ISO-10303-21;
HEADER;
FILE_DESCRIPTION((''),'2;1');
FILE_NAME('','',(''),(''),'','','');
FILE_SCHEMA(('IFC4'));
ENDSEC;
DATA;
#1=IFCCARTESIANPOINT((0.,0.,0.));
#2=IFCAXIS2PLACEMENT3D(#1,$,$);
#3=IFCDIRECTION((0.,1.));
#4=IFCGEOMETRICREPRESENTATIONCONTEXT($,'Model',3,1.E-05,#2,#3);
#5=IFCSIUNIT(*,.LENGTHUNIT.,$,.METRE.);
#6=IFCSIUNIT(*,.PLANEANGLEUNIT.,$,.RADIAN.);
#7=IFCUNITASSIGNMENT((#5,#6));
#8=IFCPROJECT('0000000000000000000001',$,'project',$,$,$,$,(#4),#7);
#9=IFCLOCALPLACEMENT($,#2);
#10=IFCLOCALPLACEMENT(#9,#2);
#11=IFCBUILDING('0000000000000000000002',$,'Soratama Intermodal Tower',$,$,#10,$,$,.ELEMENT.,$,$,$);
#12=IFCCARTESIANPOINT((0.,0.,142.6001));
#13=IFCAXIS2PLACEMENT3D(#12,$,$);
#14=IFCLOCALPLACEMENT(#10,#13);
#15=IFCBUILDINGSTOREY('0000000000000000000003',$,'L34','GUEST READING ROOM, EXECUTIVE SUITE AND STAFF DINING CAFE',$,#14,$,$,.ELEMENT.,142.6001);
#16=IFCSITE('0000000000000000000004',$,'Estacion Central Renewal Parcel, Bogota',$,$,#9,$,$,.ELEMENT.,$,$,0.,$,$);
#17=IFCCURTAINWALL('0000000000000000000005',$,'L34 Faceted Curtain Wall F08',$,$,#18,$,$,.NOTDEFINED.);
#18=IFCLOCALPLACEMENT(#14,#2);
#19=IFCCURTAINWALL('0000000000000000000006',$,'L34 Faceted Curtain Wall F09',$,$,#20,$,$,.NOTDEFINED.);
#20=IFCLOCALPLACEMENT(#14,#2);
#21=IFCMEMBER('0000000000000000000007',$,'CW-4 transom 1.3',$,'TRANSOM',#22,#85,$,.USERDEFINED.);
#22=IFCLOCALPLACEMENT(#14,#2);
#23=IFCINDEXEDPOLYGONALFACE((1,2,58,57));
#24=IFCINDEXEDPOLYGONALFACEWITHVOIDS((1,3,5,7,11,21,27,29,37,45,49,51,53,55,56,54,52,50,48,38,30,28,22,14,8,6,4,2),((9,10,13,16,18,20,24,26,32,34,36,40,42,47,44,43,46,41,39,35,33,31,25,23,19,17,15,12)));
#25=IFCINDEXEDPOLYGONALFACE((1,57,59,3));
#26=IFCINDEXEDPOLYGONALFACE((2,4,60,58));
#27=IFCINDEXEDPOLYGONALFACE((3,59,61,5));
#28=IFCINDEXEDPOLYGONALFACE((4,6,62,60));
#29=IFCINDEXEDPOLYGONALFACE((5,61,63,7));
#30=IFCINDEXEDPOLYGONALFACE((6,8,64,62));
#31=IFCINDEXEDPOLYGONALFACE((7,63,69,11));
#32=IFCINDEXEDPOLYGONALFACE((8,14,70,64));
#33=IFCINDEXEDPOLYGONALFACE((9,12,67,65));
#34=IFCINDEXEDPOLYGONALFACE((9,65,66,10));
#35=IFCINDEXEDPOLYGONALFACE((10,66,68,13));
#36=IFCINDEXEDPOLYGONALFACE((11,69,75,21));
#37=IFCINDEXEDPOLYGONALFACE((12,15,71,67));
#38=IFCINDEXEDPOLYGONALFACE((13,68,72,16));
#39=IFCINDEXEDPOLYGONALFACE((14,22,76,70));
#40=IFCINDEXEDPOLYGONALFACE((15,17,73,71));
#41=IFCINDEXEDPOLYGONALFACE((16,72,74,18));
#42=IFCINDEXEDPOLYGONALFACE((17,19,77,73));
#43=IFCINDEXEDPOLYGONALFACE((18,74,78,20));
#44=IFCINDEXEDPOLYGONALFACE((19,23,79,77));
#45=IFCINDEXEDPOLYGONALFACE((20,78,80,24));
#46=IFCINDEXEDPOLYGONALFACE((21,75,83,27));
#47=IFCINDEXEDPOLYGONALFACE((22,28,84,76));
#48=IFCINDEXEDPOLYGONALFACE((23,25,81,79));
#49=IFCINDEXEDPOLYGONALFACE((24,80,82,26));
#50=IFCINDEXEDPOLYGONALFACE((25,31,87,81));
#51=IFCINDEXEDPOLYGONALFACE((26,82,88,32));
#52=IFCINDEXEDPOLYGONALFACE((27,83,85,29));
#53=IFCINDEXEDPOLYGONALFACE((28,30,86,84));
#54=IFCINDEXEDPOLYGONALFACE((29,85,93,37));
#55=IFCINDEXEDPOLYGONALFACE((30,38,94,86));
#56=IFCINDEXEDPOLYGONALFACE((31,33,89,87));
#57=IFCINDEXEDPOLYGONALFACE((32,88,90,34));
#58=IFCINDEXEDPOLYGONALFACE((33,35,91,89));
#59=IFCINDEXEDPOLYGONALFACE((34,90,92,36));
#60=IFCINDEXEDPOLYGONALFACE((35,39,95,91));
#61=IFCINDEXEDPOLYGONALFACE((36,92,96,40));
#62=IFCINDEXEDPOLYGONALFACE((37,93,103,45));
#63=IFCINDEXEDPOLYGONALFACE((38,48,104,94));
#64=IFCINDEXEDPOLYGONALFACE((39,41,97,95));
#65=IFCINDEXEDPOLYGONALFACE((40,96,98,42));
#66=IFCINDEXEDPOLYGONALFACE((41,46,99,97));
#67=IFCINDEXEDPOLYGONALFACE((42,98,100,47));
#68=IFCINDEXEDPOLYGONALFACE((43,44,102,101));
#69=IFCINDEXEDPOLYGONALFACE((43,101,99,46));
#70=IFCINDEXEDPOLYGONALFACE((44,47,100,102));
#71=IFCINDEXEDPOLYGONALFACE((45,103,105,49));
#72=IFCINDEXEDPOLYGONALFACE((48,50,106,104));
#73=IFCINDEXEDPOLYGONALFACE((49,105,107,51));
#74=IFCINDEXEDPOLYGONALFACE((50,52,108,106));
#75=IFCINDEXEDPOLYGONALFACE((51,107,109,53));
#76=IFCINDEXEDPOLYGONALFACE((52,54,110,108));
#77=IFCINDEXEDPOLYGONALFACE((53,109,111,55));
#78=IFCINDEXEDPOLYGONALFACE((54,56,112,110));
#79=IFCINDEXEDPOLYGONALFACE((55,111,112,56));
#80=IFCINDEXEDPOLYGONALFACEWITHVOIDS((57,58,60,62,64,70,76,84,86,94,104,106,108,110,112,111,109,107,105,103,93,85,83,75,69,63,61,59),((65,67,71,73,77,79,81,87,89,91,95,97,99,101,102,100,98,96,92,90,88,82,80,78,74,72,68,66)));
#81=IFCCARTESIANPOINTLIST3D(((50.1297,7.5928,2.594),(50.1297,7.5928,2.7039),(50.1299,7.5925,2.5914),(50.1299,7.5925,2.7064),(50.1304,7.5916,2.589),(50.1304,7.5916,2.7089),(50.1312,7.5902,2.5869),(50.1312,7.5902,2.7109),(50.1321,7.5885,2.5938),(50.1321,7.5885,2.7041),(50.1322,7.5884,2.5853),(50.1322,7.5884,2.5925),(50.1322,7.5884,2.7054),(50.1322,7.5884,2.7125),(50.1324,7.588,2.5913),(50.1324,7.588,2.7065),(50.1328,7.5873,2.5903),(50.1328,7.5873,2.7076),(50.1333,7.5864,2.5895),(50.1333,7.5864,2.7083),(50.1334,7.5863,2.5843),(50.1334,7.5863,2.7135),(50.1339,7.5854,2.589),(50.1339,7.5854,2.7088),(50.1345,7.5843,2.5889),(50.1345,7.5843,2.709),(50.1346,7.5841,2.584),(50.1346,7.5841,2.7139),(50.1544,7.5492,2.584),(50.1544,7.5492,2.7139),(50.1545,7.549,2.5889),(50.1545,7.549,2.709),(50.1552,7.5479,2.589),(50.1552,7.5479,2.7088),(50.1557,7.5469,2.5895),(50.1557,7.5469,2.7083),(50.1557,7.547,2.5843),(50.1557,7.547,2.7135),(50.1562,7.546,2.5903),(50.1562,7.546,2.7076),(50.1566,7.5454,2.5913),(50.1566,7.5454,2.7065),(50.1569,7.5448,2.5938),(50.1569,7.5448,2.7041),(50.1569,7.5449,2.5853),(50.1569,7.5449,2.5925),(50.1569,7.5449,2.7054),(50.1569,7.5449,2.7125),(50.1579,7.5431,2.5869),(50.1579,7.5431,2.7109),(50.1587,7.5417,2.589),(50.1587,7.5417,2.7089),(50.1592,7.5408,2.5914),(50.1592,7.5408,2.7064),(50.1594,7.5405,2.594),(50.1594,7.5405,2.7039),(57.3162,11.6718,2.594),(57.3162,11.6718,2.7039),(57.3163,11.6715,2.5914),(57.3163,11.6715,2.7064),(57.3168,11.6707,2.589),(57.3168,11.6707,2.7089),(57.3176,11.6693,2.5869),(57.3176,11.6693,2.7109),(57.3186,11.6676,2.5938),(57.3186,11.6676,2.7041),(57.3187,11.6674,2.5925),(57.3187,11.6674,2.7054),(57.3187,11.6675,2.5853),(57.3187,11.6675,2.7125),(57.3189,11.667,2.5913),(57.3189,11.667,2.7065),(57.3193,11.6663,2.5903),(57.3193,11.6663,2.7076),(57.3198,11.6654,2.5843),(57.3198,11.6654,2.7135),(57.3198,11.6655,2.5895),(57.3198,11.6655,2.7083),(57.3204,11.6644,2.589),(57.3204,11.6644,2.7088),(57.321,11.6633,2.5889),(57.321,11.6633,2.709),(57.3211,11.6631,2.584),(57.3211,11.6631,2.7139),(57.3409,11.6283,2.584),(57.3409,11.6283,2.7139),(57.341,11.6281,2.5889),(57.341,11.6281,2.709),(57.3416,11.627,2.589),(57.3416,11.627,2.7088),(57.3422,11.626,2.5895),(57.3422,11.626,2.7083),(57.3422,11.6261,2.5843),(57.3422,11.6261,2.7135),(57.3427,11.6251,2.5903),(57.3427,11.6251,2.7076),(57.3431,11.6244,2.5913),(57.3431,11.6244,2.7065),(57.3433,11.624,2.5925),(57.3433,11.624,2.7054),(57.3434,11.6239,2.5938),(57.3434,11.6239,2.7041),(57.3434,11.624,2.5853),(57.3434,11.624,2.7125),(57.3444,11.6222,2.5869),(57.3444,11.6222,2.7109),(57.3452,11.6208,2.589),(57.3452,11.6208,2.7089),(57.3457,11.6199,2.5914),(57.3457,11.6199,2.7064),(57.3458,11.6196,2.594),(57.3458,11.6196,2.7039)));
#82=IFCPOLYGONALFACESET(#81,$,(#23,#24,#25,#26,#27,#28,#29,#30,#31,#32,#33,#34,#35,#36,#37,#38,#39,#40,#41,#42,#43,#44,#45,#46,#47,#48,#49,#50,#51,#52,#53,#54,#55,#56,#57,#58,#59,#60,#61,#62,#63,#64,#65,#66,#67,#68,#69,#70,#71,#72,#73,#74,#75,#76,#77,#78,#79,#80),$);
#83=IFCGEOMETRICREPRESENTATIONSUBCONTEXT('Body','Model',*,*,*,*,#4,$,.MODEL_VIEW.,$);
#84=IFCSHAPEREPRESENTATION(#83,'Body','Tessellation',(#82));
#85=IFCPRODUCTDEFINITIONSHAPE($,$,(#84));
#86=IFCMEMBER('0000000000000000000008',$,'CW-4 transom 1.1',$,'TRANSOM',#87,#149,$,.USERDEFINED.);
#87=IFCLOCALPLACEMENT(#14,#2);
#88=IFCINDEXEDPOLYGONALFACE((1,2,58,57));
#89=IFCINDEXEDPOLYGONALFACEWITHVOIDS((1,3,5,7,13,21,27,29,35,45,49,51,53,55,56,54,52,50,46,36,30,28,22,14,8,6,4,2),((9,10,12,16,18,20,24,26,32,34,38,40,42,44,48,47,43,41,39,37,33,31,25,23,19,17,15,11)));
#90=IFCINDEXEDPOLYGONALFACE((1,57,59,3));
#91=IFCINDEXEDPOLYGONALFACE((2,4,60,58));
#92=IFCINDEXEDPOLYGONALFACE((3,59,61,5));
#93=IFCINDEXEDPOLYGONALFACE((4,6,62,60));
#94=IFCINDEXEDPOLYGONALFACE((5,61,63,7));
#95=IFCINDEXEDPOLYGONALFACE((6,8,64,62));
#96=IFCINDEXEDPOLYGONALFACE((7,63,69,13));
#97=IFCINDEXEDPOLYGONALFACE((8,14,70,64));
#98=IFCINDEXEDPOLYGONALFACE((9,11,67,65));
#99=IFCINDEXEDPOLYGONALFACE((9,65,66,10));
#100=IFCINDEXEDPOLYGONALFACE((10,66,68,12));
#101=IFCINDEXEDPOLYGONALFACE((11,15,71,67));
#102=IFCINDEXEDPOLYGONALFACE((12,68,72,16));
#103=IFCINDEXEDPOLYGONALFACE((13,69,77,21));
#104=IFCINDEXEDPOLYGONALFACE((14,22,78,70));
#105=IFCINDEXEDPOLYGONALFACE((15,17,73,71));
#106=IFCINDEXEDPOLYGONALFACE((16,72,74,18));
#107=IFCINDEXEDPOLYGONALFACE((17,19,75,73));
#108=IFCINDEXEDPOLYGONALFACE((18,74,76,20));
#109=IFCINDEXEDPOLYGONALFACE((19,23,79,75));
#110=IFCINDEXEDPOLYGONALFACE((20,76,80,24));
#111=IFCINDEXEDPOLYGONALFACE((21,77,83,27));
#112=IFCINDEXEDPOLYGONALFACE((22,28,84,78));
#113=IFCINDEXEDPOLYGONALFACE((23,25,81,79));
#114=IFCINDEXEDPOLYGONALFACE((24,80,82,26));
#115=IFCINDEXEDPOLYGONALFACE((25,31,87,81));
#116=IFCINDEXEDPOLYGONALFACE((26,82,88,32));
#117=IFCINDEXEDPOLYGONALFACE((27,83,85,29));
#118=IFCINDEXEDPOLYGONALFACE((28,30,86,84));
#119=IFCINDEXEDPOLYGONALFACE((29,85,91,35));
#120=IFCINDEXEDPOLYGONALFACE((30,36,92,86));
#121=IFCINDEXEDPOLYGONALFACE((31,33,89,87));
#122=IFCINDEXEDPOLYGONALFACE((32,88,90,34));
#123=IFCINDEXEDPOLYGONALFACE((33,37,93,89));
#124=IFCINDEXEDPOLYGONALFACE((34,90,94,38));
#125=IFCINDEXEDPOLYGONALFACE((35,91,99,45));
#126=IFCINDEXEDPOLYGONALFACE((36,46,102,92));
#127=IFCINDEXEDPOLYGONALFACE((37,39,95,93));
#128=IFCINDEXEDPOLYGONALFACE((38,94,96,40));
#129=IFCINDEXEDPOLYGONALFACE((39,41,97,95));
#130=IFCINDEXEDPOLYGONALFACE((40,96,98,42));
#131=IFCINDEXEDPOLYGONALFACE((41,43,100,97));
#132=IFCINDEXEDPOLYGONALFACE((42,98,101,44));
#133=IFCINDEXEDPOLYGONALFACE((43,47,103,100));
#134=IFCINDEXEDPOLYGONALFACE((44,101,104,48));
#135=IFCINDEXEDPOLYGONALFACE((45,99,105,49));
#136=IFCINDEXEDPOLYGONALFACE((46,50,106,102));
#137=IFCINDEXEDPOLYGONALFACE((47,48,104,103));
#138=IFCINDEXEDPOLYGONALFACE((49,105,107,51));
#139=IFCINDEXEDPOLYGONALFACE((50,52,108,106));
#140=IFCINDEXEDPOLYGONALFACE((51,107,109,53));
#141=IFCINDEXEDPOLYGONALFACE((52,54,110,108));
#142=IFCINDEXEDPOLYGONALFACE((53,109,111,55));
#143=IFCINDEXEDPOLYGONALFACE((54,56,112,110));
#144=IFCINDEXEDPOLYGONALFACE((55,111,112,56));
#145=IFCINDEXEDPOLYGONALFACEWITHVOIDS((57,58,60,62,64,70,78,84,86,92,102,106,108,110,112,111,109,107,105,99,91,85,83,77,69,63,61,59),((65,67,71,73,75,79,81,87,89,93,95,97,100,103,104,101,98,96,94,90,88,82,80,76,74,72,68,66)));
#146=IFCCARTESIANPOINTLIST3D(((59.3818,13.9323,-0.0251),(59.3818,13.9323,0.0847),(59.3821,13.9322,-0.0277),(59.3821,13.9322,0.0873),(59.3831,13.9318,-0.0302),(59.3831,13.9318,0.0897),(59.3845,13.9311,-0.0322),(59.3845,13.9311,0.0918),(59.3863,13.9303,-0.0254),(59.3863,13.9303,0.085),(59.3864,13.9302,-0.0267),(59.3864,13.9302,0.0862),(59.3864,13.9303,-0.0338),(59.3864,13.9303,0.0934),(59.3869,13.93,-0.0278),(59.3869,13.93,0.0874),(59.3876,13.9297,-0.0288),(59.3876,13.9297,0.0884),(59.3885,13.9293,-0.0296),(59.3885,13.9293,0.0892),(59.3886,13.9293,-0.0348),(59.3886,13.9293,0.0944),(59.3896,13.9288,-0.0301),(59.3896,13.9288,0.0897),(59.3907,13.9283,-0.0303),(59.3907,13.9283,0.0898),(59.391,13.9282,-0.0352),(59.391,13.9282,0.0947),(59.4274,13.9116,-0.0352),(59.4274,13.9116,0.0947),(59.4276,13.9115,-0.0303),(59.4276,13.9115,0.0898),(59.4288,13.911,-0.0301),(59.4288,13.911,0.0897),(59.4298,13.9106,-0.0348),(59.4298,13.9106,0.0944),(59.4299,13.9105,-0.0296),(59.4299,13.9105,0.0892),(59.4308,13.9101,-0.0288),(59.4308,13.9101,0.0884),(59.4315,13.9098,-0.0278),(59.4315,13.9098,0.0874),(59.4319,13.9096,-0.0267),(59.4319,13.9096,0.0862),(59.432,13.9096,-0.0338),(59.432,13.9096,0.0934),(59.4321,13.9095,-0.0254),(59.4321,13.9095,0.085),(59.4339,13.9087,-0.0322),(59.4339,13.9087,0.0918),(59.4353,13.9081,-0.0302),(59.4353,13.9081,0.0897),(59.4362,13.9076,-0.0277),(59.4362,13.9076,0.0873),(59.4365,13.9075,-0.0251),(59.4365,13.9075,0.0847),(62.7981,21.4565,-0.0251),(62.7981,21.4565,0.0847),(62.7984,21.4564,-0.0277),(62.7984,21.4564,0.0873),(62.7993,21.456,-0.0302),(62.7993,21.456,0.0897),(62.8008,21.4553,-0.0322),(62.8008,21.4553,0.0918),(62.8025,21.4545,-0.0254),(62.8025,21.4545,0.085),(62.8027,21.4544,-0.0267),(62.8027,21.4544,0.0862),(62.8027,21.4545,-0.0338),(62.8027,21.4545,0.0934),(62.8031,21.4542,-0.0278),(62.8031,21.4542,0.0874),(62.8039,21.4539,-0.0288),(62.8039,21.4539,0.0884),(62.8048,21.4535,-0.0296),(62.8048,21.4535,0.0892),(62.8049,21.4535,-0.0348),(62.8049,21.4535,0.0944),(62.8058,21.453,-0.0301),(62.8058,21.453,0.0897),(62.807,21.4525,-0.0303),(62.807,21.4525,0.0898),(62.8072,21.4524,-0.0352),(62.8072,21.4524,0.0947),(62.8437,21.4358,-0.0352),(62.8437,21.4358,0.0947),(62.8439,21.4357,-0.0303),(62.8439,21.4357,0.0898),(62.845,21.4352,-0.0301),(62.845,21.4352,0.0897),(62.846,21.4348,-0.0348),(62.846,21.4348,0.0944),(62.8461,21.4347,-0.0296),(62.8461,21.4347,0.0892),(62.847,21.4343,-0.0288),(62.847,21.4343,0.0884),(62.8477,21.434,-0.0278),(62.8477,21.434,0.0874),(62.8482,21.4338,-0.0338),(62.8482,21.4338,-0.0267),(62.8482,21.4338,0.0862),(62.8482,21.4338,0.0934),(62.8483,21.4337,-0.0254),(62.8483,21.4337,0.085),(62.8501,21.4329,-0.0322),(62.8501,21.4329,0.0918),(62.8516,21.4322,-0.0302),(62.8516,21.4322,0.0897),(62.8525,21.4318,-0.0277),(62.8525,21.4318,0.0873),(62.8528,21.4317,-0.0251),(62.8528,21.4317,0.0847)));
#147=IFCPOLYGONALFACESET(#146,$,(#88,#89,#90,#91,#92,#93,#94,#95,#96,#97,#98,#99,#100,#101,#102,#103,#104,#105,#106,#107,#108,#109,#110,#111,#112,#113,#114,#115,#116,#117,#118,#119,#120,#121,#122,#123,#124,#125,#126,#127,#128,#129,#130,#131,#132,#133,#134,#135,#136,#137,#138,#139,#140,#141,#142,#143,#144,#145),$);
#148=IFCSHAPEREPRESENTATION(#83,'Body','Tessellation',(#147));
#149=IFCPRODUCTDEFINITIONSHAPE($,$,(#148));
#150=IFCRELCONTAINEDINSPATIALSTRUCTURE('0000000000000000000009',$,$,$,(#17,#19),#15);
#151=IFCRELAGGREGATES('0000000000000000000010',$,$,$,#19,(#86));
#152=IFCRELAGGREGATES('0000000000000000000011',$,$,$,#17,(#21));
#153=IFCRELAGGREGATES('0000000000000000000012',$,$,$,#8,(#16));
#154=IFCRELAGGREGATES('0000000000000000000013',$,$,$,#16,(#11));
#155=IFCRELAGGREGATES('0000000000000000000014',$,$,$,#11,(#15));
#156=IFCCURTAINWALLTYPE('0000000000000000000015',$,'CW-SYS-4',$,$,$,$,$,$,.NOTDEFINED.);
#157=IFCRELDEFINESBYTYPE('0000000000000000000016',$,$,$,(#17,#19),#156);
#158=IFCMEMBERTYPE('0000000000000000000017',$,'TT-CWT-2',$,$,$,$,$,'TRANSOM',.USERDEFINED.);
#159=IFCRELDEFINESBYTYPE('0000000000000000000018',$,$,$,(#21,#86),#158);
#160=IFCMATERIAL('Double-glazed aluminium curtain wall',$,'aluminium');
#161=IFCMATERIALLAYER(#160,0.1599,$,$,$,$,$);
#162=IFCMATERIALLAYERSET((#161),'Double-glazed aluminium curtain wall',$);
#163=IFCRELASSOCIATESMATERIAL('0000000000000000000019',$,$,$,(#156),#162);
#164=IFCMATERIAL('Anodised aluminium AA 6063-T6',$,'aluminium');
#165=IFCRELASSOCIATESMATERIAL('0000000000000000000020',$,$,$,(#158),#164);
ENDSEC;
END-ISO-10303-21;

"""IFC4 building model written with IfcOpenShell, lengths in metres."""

from ifc_helpers import new_model, si_unit, direction, frame, origin, origin_2d, place, context, subcontext, project, spatial, hollow_rectangle, extrude, material, layer, layer_set, material_profile, profile_set, type_object, element, aggregate, save


model = new_model("IFC4")

# Units and contexts
model_context = context("Model", 3, precision=1e-05, world=origin(), true_north=direction((0.0, 1.0)))
body_context = subcontext(model_context, "Body", "Model", "MODEL_VIEW")
ifc_project = project(units=[si_unit("LENGTHUNIT", "METRE"), si_unit("PLANEANGLEUNIT", "RADIAN")], contexts=[model_context])

# Site, building, storey
site_placement = place(None, origin())
site = spatial("IfcSite", under=ifc_project, at=site_placement, Name="Estacion Central Renewal Parcel, Bogota", CompositionType="ELEMENT", RefElevation=0.0)
building_placement = place(site_placement, origin())
building = spatial("IfcBuilding", under=site, at=building_placement, Name="Soratama Intermodal Tower", CompositionType="ELEMENT")
storey_placement = place(building_placement, frame((0.0, 0.0, 142.6001)))
storey = spatial("IfcBuildingStorey", under=building, at=storey_placement, Name="L34", Description="GUEST READING ROOM, EXECUTIVE SUITE AND STAFF DINING CAFE", CompositionType="ELEMENT", Elevation=142.6001)

# Curtain walls
ifc_material_1 = material(Name="Double-glazed aluminium curtain wall", Category="aluminium")
ifc_layer_1 = layer(ifc_material_1, 0.1599)
ifc_layer_set_1 = layer_set([ifc_layer_1], Name="Double-glazed aluminium curtain wall")
curtain_wall_type = type_object("IfcCurtainWallType", Name="CW-SYS-4", PredefinedType="NOTDEFINED", material=ifc_layer_set_1)
curtain_wall_1_placement = place(storey_placement, origin())
curtain_wall_1 = element("IfcCurtainWall", 1, at=curtain_wall_1_placement, inside=storey, type_object=curtain_wall_type, Name="L34 Faceted Curtain Wall F08", PredefinedType="NOTDEFINED")
curtain_wall_2_placement = place(storey_placement, origin())
curtain_wall_2 = element("IfcCurtainWall", 2, at=curtain_wall_2_placement, inside=storey, type_object=curtain_wall_type, Name="L34 Faceted Curtain Wall F09", PredefinedType="NOTDEFINED")

# Members
ifc_material_2 = material(Name="Anodised aluminium AA 6063-T6", Category="aluminium")
ifc_material_profile_1 = material_profile(ifc_material_2, hollow_rectangle(XDim=0.0601, YDim=0.1299, WallThickness=0.0049, InnerFilletRadius=0.0049, OuterFilletRadius=0.01, at=origin_2d()), Name="CWT130X60X5")
ifc_profile_set_1 = profile_set([ifc_material_profile_1], Name="Anodised aluminium AA 6063-T6")
member_type_1 = type_object("IfcMemberType", Name="TT-CWT-2", ElementType="TRANSOM", PredefinedType="USERDEFINED", material=ifc_profile_set_1)
member_1_placement = place(storey_placement, frame((50.1445, 7.5667, 2.6489), z_axis=(0.869672, 0.49363, 0.0), x_axis=(-0.49363, 0.869672, 0.0)))
member_1 = element("IfcMember", 3, at=member_1_placement, type_object=member_type_1, Name="CW-4 transom 1.3", ObjectType="TRANSOM", PredefinedType="USERDEFINED", context=body_context, shape_type="SweptSolid", body=[
    extrude(hollow_rectangle(XDim=0.0601, YDim=0.1299, WallThickness=0.0049, InnerFilletRadius=0.0049, OuterFilletRadius=0.01, at=origin_2d()), origin(), (0.0, 0.0, 1.0), 8.2634),
])
member_2_placement = place(storey_placement, frame((59.4092, 13.9199, 0.0298), z_axis=(0.41342, 0.91054, 0.0), x_axis=(-0.91054, 0.41342, 0.0)))
member_2 = element("IfcMember", 4, at=member_2_placement, type_object=member_type_1, Name="CW-4 transom 1.1", ObjectType="TRANSOM", PredefinedType="USERDEFINED", context=body_context, shape_type="SweptSolid", body=[
    extrude(hollow_rectangle(XDim=0.0601, YDim=0.1299, WallThickness=0.0049, InnerFilletRadius=0.0049, OuterFilletRadius=0.01, at=origin_2d()), origin(), (0.0, 0.0, 1.0), 8.2634),
])
aggregate(curtain_wall_2, [member_2])

aggregate(curtain_wall_1, [member_1])

save(model, "model.ifc")
